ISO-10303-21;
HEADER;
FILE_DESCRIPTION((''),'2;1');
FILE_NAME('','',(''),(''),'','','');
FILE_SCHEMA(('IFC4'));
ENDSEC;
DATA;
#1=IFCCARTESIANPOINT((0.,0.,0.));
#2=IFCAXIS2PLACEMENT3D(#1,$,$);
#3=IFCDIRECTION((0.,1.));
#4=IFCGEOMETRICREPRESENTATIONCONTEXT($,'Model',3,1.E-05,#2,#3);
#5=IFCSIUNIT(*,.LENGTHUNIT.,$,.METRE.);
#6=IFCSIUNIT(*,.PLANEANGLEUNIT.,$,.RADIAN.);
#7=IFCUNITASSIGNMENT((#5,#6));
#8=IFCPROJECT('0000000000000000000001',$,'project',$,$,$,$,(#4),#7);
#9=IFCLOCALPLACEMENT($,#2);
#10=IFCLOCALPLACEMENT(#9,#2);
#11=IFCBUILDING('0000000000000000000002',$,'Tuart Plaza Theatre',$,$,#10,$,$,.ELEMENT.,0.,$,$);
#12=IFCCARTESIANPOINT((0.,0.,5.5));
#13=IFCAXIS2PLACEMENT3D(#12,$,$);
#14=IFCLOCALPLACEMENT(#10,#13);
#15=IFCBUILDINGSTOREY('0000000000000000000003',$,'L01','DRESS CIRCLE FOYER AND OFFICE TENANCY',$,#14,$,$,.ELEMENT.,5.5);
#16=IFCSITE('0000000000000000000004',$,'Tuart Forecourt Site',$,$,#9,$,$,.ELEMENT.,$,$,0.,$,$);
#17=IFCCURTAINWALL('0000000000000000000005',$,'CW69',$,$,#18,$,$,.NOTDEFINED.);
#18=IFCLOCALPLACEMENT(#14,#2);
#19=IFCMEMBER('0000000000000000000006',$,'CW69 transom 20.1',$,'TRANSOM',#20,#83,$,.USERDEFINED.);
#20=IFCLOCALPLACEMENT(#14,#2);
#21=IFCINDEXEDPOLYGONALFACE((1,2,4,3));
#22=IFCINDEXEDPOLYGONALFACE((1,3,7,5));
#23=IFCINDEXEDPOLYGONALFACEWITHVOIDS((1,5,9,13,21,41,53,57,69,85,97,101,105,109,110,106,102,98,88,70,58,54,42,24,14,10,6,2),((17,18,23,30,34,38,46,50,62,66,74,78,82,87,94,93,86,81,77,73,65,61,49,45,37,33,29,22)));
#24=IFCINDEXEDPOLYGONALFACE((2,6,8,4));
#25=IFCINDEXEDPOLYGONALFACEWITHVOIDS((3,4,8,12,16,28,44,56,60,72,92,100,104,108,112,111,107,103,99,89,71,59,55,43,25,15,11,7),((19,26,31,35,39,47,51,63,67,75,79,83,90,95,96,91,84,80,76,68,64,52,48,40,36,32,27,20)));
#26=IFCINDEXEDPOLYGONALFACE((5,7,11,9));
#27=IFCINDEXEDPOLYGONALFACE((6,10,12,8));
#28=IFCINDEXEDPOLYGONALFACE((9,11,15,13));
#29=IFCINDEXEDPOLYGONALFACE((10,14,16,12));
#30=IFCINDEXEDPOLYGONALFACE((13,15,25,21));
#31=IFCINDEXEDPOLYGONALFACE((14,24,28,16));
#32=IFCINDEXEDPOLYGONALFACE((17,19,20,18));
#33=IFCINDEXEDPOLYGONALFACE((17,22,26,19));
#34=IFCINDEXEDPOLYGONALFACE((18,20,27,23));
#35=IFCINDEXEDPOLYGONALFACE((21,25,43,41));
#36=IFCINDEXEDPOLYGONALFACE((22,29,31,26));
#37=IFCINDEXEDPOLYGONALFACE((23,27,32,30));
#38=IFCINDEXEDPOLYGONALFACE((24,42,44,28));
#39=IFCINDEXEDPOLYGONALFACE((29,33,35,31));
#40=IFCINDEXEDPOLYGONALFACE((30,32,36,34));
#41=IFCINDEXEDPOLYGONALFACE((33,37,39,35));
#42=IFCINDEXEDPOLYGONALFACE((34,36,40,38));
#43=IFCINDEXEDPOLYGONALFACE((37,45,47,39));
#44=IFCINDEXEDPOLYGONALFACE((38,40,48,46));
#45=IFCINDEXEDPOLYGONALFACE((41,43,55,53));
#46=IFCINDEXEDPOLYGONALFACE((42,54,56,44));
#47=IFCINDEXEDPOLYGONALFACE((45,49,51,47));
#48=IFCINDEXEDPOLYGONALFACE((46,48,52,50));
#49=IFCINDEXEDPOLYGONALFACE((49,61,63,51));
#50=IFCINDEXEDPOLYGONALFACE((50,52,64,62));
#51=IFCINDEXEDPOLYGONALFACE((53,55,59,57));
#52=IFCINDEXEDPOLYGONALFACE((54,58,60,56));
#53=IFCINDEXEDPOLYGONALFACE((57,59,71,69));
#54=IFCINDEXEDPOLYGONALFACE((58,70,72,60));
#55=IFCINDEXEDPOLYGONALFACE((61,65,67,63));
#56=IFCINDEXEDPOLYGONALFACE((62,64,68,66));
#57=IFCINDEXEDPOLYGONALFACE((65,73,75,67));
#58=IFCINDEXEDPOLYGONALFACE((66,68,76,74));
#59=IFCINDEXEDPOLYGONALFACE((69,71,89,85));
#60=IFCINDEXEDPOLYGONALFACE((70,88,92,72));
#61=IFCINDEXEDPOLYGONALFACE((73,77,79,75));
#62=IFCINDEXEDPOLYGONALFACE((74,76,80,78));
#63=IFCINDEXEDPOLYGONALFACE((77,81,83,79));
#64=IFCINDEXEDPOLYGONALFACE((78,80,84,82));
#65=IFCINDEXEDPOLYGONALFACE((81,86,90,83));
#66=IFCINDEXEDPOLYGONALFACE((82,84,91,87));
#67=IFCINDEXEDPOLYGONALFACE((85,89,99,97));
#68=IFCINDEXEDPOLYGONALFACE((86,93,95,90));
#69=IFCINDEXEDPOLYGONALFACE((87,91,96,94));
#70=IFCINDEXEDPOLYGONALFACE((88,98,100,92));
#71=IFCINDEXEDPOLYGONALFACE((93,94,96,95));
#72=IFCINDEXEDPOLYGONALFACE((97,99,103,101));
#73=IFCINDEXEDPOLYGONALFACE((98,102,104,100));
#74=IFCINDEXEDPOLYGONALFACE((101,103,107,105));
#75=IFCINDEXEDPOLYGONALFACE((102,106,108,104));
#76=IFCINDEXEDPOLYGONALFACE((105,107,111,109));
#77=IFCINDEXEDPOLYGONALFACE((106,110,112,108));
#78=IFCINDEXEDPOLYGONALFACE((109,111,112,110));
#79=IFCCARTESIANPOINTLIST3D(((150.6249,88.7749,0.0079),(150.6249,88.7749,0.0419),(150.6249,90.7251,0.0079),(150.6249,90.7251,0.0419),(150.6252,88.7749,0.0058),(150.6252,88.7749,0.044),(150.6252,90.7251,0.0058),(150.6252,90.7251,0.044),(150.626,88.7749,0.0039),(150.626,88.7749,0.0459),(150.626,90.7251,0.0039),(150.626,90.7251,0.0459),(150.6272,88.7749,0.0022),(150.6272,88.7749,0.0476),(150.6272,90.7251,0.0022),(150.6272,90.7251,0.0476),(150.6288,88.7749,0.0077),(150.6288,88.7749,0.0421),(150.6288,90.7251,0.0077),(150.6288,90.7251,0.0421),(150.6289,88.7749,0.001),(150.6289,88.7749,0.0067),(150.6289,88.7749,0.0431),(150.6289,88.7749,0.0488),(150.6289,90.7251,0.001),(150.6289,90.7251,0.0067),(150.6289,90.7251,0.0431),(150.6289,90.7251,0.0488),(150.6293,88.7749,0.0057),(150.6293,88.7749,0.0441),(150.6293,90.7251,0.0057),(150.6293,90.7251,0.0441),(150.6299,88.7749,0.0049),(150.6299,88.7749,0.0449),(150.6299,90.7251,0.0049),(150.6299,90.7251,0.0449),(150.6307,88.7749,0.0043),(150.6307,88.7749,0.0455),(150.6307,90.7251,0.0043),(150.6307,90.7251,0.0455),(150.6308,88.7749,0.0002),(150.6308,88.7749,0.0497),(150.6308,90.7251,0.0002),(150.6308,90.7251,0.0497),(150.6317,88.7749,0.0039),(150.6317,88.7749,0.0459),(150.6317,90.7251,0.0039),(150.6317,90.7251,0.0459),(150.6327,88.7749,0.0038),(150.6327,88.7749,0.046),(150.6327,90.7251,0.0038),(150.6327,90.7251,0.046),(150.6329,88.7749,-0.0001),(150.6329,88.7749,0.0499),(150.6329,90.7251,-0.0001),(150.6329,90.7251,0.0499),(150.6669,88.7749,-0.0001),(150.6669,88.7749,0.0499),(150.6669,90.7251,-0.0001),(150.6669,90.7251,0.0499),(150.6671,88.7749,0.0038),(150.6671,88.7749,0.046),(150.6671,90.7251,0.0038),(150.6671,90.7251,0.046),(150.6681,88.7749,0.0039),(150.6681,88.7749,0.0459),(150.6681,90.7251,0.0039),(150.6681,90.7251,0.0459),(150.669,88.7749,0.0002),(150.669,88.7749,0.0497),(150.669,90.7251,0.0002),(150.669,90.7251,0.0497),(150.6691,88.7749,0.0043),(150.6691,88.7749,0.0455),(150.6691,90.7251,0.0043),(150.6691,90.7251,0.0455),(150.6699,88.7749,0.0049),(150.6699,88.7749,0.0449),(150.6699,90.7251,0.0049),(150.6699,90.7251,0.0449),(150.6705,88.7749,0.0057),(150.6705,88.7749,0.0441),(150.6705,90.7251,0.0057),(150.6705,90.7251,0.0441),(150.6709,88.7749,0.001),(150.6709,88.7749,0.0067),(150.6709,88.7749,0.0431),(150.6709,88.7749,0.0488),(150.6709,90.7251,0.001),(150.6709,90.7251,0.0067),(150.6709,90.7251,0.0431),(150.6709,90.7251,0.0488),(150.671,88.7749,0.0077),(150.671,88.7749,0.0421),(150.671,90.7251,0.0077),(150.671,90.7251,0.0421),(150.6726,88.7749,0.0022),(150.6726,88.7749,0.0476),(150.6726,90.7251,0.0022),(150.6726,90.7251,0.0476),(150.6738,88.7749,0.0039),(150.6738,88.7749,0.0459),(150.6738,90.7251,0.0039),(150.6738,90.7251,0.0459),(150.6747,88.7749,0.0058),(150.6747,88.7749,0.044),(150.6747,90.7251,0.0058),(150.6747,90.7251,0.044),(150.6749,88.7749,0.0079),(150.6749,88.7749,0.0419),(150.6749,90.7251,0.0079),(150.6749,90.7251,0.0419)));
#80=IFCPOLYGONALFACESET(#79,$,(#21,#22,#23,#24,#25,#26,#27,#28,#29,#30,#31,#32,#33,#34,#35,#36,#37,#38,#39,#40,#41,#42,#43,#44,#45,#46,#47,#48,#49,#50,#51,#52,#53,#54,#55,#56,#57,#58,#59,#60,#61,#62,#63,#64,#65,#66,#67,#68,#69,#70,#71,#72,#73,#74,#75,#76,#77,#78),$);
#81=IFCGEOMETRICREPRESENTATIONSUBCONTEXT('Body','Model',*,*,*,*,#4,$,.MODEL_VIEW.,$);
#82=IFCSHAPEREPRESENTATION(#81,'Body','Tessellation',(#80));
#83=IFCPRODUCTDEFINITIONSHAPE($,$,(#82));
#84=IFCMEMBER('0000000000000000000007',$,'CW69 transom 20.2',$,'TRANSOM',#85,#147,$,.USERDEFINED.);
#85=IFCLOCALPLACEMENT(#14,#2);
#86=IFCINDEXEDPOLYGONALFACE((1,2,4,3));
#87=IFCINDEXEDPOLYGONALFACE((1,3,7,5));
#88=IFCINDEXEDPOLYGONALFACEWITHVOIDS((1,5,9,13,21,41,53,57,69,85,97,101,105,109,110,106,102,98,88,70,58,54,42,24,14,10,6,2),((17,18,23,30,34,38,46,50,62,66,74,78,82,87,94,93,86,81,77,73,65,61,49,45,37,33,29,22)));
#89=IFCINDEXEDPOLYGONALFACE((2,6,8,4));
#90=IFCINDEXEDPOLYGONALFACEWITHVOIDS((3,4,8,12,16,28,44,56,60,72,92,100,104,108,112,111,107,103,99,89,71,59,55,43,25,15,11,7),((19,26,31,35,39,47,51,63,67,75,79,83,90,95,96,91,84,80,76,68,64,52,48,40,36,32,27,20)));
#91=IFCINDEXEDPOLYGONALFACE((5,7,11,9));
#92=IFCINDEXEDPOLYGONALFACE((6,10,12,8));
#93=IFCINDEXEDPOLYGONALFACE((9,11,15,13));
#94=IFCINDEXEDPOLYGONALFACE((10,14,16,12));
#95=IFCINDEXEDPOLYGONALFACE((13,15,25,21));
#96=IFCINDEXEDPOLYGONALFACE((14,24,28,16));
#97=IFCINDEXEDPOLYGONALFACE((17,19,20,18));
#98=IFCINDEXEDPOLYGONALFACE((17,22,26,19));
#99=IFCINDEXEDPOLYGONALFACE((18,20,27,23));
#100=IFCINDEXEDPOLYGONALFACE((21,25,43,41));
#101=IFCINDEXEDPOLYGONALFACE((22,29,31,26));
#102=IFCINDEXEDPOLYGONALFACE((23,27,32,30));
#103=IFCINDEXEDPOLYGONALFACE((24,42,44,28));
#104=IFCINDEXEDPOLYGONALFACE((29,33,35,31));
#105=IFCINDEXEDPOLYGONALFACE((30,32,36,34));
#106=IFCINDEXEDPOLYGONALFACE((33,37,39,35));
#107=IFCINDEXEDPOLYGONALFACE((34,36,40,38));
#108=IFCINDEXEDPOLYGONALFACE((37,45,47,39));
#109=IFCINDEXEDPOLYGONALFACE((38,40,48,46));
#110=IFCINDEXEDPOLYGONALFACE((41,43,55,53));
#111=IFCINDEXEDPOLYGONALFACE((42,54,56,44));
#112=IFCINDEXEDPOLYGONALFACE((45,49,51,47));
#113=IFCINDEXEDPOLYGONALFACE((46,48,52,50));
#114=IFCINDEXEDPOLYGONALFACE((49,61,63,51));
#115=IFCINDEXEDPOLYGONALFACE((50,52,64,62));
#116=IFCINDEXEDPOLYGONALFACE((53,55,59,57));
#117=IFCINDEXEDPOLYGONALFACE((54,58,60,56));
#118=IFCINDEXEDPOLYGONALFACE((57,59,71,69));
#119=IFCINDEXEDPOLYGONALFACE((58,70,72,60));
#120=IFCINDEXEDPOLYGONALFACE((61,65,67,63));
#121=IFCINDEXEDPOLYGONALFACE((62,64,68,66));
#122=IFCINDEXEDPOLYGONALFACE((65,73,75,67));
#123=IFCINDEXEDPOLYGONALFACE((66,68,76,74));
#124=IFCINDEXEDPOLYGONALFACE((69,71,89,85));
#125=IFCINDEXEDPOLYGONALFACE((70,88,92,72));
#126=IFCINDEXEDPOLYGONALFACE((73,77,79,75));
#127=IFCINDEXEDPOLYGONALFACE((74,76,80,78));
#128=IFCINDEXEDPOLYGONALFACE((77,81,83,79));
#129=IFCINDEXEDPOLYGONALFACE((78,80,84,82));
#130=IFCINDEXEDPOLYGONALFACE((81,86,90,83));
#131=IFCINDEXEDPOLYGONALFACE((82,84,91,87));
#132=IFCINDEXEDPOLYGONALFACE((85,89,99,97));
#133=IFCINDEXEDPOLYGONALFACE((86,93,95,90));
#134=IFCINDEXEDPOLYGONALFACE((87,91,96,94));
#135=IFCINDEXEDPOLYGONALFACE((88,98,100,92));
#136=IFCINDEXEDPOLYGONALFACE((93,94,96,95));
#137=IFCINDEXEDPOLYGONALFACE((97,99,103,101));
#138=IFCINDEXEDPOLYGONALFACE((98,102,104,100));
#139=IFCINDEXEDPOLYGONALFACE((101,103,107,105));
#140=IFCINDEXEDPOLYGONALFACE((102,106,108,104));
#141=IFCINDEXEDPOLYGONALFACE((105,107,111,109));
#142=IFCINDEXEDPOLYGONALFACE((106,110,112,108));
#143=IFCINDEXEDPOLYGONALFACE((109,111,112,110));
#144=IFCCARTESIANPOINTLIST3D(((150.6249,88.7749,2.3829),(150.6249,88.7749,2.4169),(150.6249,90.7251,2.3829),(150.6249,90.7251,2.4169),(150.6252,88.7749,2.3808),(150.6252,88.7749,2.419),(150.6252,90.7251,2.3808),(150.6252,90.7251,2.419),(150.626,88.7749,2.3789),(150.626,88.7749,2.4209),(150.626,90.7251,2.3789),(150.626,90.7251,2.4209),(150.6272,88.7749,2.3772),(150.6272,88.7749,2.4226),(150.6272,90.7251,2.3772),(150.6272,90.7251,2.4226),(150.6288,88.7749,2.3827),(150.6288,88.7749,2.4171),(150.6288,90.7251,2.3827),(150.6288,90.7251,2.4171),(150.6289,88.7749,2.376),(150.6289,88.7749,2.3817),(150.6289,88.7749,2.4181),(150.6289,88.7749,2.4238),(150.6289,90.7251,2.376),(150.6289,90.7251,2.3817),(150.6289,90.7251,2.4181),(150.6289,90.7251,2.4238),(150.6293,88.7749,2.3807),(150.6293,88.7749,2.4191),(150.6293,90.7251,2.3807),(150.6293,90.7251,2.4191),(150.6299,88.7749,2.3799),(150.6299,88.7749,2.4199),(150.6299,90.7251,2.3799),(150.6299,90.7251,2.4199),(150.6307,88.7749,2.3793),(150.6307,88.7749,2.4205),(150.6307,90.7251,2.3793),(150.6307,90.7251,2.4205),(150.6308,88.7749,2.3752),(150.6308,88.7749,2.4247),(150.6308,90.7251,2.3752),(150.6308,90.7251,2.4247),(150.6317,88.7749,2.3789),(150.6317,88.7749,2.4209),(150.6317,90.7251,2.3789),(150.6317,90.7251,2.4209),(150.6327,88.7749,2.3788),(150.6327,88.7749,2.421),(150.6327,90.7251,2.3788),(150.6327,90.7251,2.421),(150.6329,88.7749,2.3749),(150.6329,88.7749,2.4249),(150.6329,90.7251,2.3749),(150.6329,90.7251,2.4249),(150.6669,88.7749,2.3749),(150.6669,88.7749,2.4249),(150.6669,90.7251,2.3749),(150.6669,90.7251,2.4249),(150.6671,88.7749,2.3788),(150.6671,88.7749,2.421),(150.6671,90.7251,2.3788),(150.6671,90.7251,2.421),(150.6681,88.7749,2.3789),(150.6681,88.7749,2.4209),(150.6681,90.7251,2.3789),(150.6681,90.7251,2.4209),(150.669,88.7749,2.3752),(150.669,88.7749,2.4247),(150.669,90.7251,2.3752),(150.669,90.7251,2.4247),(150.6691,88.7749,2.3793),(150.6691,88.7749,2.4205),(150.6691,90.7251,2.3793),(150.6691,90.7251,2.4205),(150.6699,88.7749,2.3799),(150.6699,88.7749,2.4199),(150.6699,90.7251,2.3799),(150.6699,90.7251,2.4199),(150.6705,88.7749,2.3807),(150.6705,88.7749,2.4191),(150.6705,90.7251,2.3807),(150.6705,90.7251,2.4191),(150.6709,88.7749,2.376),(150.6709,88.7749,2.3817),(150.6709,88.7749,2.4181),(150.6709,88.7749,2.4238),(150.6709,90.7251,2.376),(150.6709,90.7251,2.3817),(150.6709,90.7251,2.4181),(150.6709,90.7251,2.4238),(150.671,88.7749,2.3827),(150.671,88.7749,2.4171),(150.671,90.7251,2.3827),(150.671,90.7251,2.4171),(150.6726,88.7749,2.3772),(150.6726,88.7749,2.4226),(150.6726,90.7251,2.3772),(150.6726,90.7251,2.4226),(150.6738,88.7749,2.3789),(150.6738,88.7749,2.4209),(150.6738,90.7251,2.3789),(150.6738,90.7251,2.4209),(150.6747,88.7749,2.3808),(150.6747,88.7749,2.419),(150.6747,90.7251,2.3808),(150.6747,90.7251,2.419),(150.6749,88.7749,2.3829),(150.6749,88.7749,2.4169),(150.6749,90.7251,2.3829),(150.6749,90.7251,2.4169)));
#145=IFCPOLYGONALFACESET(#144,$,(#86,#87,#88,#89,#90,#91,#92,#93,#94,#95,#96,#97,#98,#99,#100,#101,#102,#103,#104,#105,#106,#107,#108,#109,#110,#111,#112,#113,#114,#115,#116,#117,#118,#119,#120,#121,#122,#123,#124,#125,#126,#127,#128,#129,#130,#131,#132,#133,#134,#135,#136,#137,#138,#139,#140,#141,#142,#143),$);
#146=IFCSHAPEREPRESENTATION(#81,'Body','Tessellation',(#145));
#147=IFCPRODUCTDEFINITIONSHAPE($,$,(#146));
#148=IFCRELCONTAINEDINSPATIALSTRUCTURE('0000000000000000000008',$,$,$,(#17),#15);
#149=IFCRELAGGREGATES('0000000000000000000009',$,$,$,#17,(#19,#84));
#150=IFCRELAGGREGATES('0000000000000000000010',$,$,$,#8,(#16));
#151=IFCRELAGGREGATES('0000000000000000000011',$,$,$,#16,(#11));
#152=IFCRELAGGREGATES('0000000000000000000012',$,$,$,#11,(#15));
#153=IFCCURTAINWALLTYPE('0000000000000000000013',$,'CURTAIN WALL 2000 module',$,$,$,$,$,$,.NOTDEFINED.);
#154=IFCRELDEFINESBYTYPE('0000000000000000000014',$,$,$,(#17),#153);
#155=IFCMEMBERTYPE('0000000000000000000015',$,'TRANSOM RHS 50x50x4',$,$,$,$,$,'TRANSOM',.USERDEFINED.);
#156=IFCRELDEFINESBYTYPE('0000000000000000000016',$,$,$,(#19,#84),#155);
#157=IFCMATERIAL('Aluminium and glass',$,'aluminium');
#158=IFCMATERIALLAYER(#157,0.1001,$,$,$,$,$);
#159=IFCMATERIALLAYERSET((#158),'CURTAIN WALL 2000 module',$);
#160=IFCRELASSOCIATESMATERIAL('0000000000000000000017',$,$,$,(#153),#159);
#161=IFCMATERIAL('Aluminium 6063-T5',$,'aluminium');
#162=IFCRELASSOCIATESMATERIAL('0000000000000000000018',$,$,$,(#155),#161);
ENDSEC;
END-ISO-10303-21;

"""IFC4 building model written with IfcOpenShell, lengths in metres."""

from ifc_helpers import new_model, si_unit, direction, frame, origin, origin_2d, place, context, subcontext, project, spatial, hollow_rectangle, extrude, material, layer, layer_set, material_profile, profile_set, type_object, element, aggregate, save


model = new_model("IFC4")

# Units and contexts
model_context = context("Model", 3, precision=1e-05, world=origin(), true_north=direction((0.0, 1.0)))
body_context = subcontext(model_context, "Body", "Model", "MODEL_VIEW")
ifc_project = project(units=[si_unit("LENGTHUNIT", "METRE"), si_unit("PLANEANGLEUNIT", "RADIAN")], contexts=[model_context])

# Site, building, storey
site_placement = place(None, origin())
site = spatial("IfcSite", under=ifc_project, at=site_placement, Name="Tuart Forecourt Site", CompositionType="ELEMENT", RefElevation=0.0)
building_placement = place(site_placement, origin())
building = spatial("IfcBuilding", under=site, at=building_placement, Name="Tuart Plaza Theatre", CompositionType="ELEMENT", ElevationOfRefHeight=0.0)
storey_placement = place(building_placement, frame((0.0, 0.0, 5.5)))
storey = spatial("IfcBuildingStorey", under=building, at=storey_placement, Name="L01", Description="DRESS CIRCLE FOYER AND OFFICE TENANCY", CompositionType="ELEMENT", Elevation=5.5)

# Curtain wall, members
ifc_material_1 = material(Name="Aluminium and glass", Category="aluminium")
ifc_layer_1 = layer(ifc_material_1, 0.1001)
ifc_layer_set_1 = layer_set([ifc_layer_1], Name="CURTAIN WALL 2000 module")
curtain_wall_type = type_object("IfcCurtainWallType", Name="CURTAIN WALL 2000 module", PredefinedType="NOTDEFINED", material=ifc_layer_set_1)
curtain_wall_placement = place(storey_placement, origin())
curtain_wall = element("IfcCurtainWall", 1, at=curtain_wall_placement, inside=storey, type_object=curtain_wall_type, Name="CW69", PredefinedType="NOTDEFINED")
ifc_material_2 = material(Name="Aluminium 6063-T5", Category="aluminium")
ifc_material_profile_1 = material_profile(ifc_material_2, hollow_rectangle(XDim=0.05, YDim=0.05, WallThickness=0.0039, InnerFilletRadius=0.0039, OuterFilletRadius=0.0081, at=origin_2d()), Name="RHS 50x50x4")
ifc_profile_set_1 = profile_set([ifc_material_profile_1], Name="Aluminium 6063-T5")
member_type_1 = type_object("IfcMemberType", Name="TRANSOM RHS 50x50x4", ElementType="TRANSOM", PredefinedType="USERDEFINED", material=ifc_profile_set_1)
member_1_placement = place(storey_placement, frame((150.6499, 88.7749, 0.0249), z_axis=(0.0, 1.0, 0.0), x_axis=(-1.0, 0.0, 0.0)))
member_1 = element("IfcMember", 2, at=member_1_placement, type_object=member_type_1, Name="CW69 transom 20.1", ObjectType="TRANSOM", PredefinedType="USERDEFINED", context=body_context, shape_type="SweptSolid", body=[
    extrude(hollow_rectangle(XDim=0.05, YDim=0.05, WallThickness=0.0039, InnerFilletRadius=0.0039, OuterFilletRadius=0.0081, at=origin_2d()), origin(), (0.0, 0.0, 1.0), 1.9502),
])
member_2_placement = place(storey_placement, frame((150.6499, 88.7749, 2.3999), z_axis=(0.0, 1.0, 0.0), x_axis=(-1.0, 0.0, 0.0)))
member_2 = element("IfcMember", 3, at=member_2_placement, type_object=member_type_1, Name="CW69 transom 20.2", ObjectType="TRANSOM", PredefinedType="USERDEFINED", context=body_context, shape_type="SweptSolid", body=[
    extrude(hollow_rectangle(XDim=0.05, YDim=0.05, WallThickness=0.0039, InnerFilletRadius=0.0039, OuterFilletRadius=0.0081, at=origin_2d()), origin(), (0.0, 0.0, 1.0), 1.9502),
])
aggregate(curtain_wall, [member_1, member_2])

save(model, "model.ifc")
